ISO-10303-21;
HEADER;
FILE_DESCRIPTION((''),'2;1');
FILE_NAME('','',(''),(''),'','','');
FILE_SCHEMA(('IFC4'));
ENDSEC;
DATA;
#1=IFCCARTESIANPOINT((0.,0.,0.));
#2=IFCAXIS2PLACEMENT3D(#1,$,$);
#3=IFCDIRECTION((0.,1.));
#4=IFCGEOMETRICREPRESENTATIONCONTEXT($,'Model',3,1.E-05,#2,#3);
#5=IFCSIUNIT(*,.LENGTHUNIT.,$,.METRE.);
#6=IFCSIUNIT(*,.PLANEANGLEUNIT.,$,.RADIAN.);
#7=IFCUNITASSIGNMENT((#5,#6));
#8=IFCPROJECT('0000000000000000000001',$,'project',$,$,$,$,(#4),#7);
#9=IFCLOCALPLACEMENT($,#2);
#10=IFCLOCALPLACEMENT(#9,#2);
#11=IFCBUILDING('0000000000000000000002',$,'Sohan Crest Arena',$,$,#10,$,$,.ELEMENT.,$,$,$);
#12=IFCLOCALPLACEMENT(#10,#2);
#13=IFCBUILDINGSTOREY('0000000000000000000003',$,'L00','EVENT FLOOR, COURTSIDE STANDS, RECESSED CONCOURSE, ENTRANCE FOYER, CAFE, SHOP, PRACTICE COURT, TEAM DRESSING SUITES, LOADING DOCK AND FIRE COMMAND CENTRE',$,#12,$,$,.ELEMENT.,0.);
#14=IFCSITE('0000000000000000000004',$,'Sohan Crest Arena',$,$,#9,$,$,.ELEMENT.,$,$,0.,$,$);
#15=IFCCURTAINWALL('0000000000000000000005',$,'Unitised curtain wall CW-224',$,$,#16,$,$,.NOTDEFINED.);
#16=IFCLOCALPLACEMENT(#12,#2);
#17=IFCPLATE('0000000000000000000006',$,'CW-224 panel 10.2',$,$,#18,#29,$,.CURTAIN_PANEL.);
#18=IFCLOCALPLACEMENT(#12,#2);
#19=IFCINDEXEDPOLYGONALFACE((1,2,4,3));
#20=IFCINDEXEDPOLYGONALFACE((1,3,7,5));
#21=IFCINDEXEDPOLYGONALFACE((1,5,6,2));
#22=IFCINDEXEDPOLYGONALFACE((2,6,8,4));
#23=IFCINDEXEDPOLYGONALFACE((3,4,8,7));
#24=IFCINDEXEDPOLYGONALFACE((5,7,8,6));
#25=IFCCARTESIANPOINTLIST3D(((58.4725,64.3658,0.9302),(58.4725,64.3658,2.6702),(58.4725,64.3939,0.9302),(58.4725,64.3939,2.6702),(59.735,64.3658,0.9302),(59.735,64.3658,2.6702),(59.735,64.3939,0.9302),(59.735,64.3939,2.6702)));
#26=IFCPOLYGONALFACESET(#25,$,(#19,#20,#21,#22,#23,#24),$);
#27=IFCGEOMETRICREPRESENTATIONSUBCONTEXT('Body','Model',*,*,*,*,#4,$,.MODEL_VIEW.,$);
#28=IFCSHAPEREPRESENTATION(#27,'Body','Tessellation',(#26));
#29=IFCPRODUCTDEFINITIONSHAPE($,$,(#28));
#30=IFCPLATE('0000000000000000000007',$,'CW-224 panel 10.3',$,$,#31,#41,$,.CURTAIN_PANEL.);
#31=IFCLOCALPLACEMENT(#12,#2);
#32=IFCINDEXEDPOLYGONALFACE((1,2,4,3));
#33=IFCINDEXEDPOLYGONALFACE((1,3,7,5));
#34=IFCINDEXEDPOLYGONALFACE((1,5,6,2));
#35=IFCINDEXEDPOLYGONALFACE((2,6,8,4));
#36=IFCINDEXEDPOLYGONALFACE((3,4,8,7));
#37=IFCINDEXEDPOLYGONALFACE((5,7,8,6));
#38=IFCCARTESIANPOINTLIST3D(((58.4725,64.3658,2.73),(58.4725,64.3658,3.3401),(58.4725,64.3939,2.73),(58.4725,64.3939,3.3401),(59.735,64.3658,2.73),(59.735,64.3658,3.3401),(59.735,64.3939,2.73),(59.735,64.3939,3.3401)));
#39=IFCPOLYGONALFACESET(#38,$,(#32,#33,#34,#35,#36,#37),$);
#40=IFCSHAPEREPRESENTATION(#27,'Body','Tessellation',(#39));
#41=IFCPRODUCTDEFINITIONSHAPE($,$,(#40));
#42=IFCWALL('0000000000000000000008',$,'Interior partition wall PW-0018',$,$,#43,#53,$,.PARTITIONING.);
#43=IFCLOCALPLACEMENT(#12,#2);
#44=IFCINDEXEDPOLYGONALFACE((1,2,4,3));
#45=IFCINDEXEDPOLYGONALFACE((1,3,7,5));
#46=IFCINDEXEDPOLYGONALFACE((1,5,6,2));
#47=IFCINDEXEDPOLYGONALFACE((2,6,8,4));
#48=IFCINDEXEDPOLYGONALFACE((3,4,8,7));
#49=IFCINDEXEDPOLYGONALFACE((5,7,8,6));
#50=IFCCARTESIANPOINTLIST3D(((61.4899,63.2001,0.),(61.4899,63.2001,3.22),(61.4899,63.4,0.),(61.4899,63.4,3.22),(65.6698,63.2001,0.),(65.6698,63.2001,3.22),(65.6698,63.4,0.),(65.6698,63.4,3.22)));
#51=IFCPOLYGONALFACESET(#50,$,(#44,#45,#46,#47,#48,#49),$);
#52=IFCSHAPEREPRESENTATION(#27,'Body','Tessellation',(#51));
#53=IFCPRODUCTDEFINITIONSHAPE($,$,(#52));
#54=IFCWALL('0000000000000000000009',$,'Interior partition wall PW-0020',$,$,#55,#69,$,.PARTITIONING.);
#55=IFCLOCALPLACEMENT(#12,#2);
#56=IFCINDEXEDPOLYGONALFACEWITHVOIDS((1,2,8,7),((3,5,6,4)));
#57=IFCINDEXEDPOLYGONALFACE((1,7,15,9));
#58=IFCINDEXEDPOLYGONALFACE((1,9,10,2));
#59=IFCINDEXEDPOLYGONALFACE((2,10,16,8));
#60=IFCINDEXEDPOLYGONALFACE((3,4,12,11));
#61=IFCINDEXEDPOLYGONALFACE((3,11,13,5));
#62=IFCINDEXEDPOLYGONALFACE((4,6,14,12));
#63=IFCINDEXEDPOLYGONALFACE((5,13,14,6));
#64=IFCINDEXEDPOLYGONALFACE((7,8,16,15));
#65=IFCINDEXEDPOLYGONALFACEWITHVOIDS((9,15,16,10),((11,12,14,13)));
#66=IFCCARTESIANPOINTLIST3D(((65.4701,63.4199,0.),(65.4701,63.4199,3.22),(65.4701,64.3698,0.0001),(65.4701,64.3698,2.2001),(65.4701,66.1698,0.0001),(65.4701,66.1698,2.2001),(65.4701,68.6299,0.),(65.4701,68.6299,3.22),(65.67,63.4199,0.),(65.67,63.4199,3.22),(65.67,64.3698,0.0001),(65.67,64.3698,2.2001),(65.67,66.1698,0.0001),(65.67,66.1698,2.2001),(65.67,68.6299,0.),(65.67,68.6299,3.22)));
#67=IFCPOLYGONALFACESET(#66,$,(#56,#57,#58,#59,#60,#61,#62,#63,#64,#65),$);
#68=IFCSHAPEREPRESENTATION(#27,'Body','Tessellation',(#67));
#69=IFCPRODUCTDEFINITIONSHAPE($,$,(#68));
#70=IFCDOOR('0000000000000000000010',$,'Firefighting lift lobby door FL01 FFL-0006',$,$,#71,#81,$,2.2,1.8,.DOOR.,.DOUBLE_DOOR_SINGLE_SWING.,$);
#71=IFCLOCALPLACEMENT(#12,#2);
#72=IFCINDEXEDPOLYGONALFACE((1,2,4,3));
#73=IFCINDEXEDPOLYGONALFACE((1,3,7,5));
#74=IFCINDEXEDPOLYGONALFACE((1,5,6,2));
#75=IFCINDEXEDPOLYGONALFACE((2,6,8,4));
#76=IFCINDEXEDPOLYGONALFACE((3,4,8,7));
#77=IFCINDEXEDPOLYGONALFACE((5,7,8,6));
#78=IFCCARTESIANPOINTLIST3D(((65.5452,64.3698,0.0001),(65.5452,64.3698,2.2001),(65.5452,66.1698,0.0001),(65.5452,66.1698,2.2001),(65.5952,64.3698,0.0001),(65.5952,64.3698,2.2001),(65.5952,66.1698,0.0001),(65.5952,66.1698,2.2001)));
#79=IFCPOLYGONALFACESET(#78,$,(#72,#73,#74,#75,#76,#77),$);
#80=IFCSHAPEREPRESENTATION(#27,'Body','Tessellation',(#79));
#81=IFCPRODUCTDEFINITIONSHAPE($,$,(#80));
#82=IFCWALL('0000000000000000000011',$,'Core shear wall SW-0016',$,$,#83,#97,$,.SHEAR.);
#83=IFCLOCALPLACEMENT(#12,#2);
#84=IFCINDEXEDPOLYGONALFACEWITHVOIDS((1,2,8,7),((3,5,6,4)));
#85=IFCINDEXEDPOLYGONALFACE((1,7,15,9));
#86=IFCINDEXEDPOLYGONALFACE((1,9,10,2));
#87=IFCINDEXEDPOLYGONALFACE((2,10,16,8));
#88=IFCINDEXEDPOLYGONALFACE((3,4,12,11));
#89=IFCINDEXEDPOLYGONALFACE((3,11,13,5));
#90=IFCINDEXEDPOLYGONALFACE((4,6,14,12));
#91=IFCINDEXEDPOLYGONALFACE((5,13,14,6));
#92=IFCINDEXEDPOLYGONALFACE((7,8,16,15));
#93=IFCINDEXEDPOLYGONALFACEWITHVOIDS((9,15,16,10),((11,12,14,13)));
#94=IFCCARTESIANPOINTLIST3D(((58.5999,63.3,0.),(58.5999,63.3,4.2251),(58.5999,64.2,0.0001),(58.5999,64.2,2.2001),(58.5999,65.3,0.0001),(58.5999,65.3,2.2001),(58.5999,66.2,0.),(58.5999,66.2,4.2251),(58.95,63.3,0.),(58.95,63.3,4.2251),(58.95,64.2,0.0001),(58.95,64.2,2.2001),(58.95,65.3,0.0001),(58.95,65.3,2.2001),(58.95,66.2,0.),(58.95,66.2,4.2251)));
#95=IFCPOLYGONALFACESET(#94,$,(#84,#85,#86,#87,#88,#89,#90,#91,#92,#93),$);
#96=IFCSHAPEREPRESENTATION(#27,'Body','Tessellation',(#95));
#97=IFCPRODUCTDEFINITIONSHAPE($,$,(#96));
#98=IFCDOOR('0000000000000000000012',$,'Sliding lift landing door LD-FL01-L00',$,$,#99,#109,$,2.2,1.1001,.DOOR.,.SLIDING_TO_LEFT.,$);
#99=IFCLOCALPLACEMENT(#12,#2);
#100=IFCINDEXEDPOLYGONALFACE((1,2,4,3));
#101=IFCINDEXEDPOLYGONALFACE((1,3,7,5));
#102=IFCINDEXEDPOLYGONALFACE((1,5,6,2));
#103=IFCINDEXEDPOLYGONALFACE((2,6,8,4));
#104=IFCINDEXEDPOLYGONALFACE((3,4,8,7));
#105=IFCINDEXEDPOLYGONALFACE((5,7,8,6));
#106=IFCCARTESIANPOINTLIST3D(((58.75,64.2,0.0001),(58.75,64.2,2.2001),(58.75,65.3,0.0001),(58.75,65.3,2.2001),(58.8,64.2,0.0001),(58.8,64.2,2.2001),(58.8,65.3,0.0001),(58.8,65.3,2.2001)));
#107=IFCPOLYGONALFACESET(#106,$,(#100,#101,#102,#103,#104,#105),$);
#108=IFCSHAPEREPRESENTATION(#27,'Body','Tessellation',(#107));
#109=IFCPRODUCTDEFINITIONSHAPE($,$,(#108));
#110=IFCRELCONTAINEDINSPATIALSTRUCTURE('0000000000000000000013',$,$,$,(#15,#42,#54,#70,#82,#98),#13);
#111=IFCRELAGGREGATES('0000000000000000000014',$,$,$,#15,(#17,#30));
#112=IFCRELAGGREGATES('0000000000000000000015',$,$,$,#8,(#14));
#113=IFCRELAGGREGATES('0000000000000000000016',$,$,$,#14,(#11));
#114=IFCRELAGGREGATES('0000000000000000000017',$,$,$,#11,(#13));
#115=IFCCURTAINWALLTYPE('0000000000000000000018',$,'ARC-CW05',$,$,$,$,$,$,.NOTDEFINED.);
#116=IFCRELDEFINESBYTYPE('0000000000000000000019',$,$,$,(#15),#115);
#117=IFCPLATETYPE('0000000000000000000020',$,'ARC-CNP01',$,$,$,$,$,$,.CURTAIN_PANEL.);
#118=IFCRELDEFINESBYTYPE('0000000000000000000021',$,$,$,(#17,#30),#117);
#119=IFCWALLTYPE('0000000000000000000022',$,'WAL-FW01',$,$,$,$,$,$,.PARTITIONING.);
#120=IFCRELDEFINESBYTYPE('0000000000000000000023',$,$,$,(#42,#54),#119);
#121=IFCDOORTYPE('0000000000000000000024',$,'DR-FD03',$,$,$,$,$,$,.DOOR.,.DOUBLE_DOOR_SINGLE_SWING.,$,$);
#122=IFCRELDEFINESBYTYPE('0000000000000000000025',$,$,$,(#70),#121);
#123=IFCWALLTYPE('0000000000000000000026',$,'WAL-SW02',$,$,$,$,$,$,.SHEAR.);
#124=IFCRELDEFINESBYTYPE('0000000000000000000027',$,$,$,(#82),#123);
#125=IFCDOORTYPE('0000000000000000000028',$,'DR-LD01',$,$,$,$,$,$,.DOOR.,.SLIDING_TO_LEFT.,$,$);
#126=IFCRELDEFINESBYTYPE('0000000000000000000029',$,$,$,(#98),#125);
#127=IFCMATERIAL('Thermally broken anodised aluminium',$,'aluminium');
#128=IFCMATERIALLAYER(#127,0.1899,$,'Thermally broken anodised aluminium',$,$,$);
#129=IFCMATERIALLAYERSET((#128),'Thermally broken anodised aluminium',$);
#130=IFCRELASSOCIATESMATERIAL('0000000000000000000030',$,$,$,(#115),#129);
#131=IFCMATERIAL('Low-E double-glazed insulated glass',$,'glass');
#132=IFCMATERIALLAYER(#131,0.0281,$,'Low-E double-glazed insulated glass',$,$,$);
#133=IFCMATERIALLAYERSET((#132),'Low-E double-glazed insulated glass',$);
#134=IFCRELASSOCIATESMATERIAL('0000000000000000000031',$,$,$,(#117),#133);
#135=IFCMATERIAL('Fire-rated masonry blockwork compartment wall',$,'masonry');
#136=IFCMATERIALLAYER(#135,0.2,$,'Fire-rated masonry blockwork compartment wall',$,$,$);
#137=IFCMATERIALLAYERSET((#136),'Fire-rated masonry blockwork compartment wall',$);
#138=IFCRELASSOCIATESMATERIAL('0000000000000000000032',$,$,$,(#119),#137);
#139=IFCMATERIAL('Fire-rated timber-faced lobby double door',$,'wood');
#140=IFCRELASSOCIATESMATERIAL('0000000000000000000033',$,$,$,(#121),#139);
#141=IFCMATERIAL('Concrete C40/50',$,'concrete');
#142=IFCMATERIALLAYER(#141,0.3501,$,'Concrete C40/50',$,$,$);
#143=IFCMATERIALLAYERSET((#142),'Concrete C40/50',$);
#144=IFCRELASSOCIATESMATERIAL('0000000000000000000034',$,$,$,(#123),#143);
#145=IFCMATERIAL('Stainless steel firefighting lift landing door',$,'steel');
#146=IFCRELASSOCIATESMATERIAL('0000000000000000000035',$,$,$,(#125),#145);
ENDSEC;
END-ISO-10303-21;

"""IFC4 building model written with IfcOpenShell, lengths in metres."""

from ifc_helpers import new_model, si_unit, direction, frame, frame_2d, origin, origin_2d, place, context, subcontext, project, spatial, rectangle, extrude, material, layer, layer_set, type_object, element, fill, aggregate, save


model = new_model("IFC4")

# Units and contexts
model_context = context("Model", 3, precision=1e-05, world=origin(), true_north=direction((0.0, 1.0)))
body_context = subcontext(model_context, "Body", "Model", "MODEL_VIEW")
ifc_project = project(units=[si_unit("LENGTHUNIT", "METRE"), si_unit("PLANEANGLEUNIT", "RADIAN")], contexts=[model_context])

# Site, building, storey
site_placement = place(None, origin())
site = spatial("IfcSite", under=ifc_project, at=site_placement, Name="Sohan Crest Arena", CompositionType="ELEMENT", RefElevation=0.0)
building_placement = place(site_placement, origin())
building = spatial("IfcBuilding", under=site, at=building_placement, Name="Sohan Crest Arena", CompositionType="ELEMENT")
storey_placement = place(building_placement, origin())
storey = spatial("IfcBuildingStorey", under=building, at=storey_placement, Name="L00", Description="EVENT FLOOR, COURTSIDE STANDS, RECESSED CONCOURSE, ENTRANCE FOYER, CAFE, SHOP, PRACTICE COURT, TEAM DRESSING SUITES, LOADING DOCK AND FIRE COMMAND CENTRE", CompositionType="ELEMENT", Elevation=0.0)

# Curtain wall
ifc_material_1 = material(Name="Thermally broken anodised aluminium", Category="aluminium")
ifc_layer_1 = layer(ifc_material_1, 0.1899, Name="Thermally broken anodised aluminium")
ifc_layer_set_1 = layer_set([ifc_layer_1], Name="Thermally broken anodised aluminium")
curtain_wall_type = type_object("IfcCurtainWallType", Name="ARC-CW05", PredefinedType="NOTDEFINED", material=ifc_layer_set_1)
curtain_wall_1_placement = place(storey_placement, origin())
curtain_wall_1 = element("IfcCurtainWall", 1, at=curtain_wall_1_placement, inside=storey, type_object=curtain_wall_type, Name="Unitised curtain wall CW-224", PredefinedType="NOTDEFINED")

# Plates
ifc_material_2 = material(Name="Low-E double-glazed insulated glass", Category="glass")
ifc_layer_2 = layer(ifc_material_2, 0.0281, Name="Low-E double-glazed insulated glass")
ifc_layer_set_2 = layer_set([ifc_layer_2], Name="Low-E double-glazed insulated glass")
plate_type = type_object("IfcPlateType", Name="ARC-CNP01", PredefinedType="CURTAIN_PANEL", material=ifc_layer_set_2)
plate_1_placement = place(storey_placement, frame((59.1038, 64.3799, 0.9302), z_axis=(0.0, 0.0, 1.0), x_axis=(1.0, 0.0, 0.0)))
plate_1 = element("IfcPlate", 2, at=plate_1_placement, type_object=plate_type, Name="CW-224 panel 10.2", PredefinedType="CURTAIN_PANEL", context=body_context, shape_type="SweptSolid", body=[
    extrude(rectangle(XDim=1.2625, YDim=0.0281, at=origin_2d()), origin(), (0.0, 0.0, 1.0), 1.74),
])
plate_2_placement = place(storey_placement, frame((59.1038, 64.3799, 2.73), z_axis=(0.0, 0.0, 1.0), x_axis=(1.0, 0.0, 0.0)))
plate_2 = element("IfcPlate", 3, at=plate_2_placement, type_object=plate_type, Name="CW-224 panel 10.3", PredefinedType="CURTAIN_PANEL", context=body_context, shape_type="SweptSolid", body=[
    extrude(rectangle(XDim=1.2625, YDim=0.0281, at=origin_2d()), origin(), (0.0, 0.0, 1.0), 0.6101),
])
aggregate(curtain_wall_1, [plate_1, plate_2])

# Wall
ifc_material_3 = material(Name="Fire-rated masonry blockwork compartment wall", Category="masonry")
ifc_layer_3 = layer(ifc_material_3, 0.2, Name="Fire-rated masonry blockwork compartment wall")
ifc_layer_set_3 = layer_set([ifc_layer_3], Name="Fire-rated masonry blockwork compartment wall")
wall_type_1 = type_object("IfcWallType", Name="WAL-FW01", PredefinedType="PARTITIONING", material=ifc_layer_set_3)
wall_1_placement = place(storey_placement, frame((61.49, 63.3, 0.0), z_axis=(0.0, 0.0, 1.0), x_axis=(1.0, 0.0, 0.0)))
element("IfcWall", 4, at=wall_1_placement, inside=storey, type_object=wall_type_1, Name="Interior partition wall PW-0018", PredefinedType="PARTITIONING", context=body_context, shape_type="SweptSolid", body=[
    extrude(rectangle(XDim=4.1799, YDim=0.2, at=frame_2d((2.0898, 0.0))), origin(), (0.0, 0.0, 1.0), 3.22),
])

# Walls, openings, doors
wall_2_placement = place(storey_placement, frame((65.5701, 63.4199, 0.0), z_axis=(0.0, 0.0, 1.0), x_axis=(0.0, 1.0, 0.0)))
wall_2 = element("IfcWall", 5, at=wall_2_placement, inside=storey, type_object=wall_type_1, Name="Interior partition wall PW-0020", PredefinedType="PARTITIONING", context=body_context, shape_type="SweptSolid", body=[
    extrude(rectangle(XDim=5.21, YDim=0.2, at=frame_2d((2.605, 0.0))), origin(), (0.0, 0.0, 1.0), 3.22),
])
opening_1_placement = place(wall_2_placement, frame((0.95, 0.0, 0.0)))
opening_1 = element("IfcOpeningElement", 6, at=opening_1_placement, cuts=wall_2, PredefinedType="OPENING", context=body_context, shape_type="SweptSolid", body=[
    extrude(rectangle(XDim=1.8, YDim=2.2, at=frame_2d((0.8999, 1.1001))), frame((0.0, 0.1099, 0.0), z_axis=(0.0, -1.0, 0.0), x_axis=(1.0, 0.0, 0.0)), (0.0, 0.0, 1.0), 0.22),
])
ifc_material_4 = material(Name="Fire-rated timber-faced lobby double door", Category="wood")
door_type_1 = type_object("IfcDoorType", Name="DR-FD03", OperationType="DOUBLE_DOOR_SINGLE_SWING", PredefinedType="DOOR", material=ifc_material_4)
door_1_placement = place(opening_1_placement, origin())
door_1 = element("IfcDoor", 7, at=door_1_placement, inside=storey, type_object=door_type_1, Name="Firefighting lift lobby door FL01 FFL-0006", OperationType="DOUBLE_DOOR_SINGLE_SWING", OverallHeight=2.2, OverallWidth=1.8, PredefinedType="DOOR", context=body_context, shape_type="SweptSolid", body=[
    extrude(rectangle(XDim=1.8, YDim=2.2, at=frame_2d((0.8999, 1.1001))), frame((0.0, 0.0249, 0.0), z_axis=(0.0, -1.0, 0.0), x_axis=(1.0, 0.0, 0.0)), (0.0, 0.0, 1.0), 0.05),
])
fill(opening_1, door_1)
ifc_material_5 = material(Name="Concrete C40/50", Category="concrete")
ifc_layer_4 = layer(ifc_material_5, 0.3501, Name="Concrete C40/50")
ifc_layer_set_4 = layer_set([ifc_layer_4], Name="Concrete C40/50")
wall_type_2 = type_object("IfcWallType", Name="WAL-SW02", PredefinedType="SHEAR", material=ifc_layer_set_4)
wall_3_placement = place(storey_placement, frame((58.7749, 63.3, 0.0), z_axis=(0.0, 0.0, 1.0), x_axis=(0.0, 1.0, 0.0)))
wall_3 = element("IfcWall", 8, at=wall_3_placement, inside=storey, type_object=wall_type_2, Name="Core shear wall SW-0016", PredefinedType="SHEAR", context=body_context, shape_type="SweptSolid", body=[
    extrude(rectangle(XDim=2.8999, YDim=0.3501, at=frame_2d((1.45, 0.0))), origin(), (0.0, 0.0, 1.0), 4.2251),
])
opening_2_placement = place(wall_3_placement, frame((0.8999, 0.0, 0.0)))
opening_2 = element("IfcOpeningElement", 9, at=opening_2_placement, cuts=wall_3, PredefinedType="OPENING", context=body_context, shape_type="SweptSolid", body=[
    extrude(rectangle(XDim=1.1001, YDim=2.2, at=frame_2d((0.55, 1.1001))), frame((0.0, 0.1851, 0.0), z_axis=(0.0, -1.0, 0.0), x_axis=(1.0, 0.0, 0.0)), (0.0, 0.0, 1.0), 0.3701),
])
ifc_material_6 = material(Name="Stainless steel firefighting lift landing door", Category="steel")
door_type_2 = type_object("IfcDoorType", Name="DR-LD01", OperationType="SLIDING_TO_LEFT", PredefinedType="DOOR", material=ifc_material_6)
door_2_placement = place(opening_2_placement, origin())
door_2 = element("IfcDoor", 10, at=door_2_placement, inside=storey, type_object=door_type_2, Name="Sliding lift landing door LD-FL01-L00", OperationType="SLIDING_TO_LEFT", OverallHeight=2.2, OverallWidth=1.1001, PredefinedType="DOOR", context=body_context, shape_type="SweptSolid", body=[
    extrude(rectangle(XDim=1.1001, YDim=2.2, at=frame_2d((0.55, 1.1001))), frame((0.0, 0.0249, 0.0), z_axis=(0.0, -1.0, 0.0), x_axis=(1.0, 0.0, 0.0)), (0.0, 0.0, 1.0), 0.05),
])
fill(opening_2, door_2)

save(model, "model.ifc")
